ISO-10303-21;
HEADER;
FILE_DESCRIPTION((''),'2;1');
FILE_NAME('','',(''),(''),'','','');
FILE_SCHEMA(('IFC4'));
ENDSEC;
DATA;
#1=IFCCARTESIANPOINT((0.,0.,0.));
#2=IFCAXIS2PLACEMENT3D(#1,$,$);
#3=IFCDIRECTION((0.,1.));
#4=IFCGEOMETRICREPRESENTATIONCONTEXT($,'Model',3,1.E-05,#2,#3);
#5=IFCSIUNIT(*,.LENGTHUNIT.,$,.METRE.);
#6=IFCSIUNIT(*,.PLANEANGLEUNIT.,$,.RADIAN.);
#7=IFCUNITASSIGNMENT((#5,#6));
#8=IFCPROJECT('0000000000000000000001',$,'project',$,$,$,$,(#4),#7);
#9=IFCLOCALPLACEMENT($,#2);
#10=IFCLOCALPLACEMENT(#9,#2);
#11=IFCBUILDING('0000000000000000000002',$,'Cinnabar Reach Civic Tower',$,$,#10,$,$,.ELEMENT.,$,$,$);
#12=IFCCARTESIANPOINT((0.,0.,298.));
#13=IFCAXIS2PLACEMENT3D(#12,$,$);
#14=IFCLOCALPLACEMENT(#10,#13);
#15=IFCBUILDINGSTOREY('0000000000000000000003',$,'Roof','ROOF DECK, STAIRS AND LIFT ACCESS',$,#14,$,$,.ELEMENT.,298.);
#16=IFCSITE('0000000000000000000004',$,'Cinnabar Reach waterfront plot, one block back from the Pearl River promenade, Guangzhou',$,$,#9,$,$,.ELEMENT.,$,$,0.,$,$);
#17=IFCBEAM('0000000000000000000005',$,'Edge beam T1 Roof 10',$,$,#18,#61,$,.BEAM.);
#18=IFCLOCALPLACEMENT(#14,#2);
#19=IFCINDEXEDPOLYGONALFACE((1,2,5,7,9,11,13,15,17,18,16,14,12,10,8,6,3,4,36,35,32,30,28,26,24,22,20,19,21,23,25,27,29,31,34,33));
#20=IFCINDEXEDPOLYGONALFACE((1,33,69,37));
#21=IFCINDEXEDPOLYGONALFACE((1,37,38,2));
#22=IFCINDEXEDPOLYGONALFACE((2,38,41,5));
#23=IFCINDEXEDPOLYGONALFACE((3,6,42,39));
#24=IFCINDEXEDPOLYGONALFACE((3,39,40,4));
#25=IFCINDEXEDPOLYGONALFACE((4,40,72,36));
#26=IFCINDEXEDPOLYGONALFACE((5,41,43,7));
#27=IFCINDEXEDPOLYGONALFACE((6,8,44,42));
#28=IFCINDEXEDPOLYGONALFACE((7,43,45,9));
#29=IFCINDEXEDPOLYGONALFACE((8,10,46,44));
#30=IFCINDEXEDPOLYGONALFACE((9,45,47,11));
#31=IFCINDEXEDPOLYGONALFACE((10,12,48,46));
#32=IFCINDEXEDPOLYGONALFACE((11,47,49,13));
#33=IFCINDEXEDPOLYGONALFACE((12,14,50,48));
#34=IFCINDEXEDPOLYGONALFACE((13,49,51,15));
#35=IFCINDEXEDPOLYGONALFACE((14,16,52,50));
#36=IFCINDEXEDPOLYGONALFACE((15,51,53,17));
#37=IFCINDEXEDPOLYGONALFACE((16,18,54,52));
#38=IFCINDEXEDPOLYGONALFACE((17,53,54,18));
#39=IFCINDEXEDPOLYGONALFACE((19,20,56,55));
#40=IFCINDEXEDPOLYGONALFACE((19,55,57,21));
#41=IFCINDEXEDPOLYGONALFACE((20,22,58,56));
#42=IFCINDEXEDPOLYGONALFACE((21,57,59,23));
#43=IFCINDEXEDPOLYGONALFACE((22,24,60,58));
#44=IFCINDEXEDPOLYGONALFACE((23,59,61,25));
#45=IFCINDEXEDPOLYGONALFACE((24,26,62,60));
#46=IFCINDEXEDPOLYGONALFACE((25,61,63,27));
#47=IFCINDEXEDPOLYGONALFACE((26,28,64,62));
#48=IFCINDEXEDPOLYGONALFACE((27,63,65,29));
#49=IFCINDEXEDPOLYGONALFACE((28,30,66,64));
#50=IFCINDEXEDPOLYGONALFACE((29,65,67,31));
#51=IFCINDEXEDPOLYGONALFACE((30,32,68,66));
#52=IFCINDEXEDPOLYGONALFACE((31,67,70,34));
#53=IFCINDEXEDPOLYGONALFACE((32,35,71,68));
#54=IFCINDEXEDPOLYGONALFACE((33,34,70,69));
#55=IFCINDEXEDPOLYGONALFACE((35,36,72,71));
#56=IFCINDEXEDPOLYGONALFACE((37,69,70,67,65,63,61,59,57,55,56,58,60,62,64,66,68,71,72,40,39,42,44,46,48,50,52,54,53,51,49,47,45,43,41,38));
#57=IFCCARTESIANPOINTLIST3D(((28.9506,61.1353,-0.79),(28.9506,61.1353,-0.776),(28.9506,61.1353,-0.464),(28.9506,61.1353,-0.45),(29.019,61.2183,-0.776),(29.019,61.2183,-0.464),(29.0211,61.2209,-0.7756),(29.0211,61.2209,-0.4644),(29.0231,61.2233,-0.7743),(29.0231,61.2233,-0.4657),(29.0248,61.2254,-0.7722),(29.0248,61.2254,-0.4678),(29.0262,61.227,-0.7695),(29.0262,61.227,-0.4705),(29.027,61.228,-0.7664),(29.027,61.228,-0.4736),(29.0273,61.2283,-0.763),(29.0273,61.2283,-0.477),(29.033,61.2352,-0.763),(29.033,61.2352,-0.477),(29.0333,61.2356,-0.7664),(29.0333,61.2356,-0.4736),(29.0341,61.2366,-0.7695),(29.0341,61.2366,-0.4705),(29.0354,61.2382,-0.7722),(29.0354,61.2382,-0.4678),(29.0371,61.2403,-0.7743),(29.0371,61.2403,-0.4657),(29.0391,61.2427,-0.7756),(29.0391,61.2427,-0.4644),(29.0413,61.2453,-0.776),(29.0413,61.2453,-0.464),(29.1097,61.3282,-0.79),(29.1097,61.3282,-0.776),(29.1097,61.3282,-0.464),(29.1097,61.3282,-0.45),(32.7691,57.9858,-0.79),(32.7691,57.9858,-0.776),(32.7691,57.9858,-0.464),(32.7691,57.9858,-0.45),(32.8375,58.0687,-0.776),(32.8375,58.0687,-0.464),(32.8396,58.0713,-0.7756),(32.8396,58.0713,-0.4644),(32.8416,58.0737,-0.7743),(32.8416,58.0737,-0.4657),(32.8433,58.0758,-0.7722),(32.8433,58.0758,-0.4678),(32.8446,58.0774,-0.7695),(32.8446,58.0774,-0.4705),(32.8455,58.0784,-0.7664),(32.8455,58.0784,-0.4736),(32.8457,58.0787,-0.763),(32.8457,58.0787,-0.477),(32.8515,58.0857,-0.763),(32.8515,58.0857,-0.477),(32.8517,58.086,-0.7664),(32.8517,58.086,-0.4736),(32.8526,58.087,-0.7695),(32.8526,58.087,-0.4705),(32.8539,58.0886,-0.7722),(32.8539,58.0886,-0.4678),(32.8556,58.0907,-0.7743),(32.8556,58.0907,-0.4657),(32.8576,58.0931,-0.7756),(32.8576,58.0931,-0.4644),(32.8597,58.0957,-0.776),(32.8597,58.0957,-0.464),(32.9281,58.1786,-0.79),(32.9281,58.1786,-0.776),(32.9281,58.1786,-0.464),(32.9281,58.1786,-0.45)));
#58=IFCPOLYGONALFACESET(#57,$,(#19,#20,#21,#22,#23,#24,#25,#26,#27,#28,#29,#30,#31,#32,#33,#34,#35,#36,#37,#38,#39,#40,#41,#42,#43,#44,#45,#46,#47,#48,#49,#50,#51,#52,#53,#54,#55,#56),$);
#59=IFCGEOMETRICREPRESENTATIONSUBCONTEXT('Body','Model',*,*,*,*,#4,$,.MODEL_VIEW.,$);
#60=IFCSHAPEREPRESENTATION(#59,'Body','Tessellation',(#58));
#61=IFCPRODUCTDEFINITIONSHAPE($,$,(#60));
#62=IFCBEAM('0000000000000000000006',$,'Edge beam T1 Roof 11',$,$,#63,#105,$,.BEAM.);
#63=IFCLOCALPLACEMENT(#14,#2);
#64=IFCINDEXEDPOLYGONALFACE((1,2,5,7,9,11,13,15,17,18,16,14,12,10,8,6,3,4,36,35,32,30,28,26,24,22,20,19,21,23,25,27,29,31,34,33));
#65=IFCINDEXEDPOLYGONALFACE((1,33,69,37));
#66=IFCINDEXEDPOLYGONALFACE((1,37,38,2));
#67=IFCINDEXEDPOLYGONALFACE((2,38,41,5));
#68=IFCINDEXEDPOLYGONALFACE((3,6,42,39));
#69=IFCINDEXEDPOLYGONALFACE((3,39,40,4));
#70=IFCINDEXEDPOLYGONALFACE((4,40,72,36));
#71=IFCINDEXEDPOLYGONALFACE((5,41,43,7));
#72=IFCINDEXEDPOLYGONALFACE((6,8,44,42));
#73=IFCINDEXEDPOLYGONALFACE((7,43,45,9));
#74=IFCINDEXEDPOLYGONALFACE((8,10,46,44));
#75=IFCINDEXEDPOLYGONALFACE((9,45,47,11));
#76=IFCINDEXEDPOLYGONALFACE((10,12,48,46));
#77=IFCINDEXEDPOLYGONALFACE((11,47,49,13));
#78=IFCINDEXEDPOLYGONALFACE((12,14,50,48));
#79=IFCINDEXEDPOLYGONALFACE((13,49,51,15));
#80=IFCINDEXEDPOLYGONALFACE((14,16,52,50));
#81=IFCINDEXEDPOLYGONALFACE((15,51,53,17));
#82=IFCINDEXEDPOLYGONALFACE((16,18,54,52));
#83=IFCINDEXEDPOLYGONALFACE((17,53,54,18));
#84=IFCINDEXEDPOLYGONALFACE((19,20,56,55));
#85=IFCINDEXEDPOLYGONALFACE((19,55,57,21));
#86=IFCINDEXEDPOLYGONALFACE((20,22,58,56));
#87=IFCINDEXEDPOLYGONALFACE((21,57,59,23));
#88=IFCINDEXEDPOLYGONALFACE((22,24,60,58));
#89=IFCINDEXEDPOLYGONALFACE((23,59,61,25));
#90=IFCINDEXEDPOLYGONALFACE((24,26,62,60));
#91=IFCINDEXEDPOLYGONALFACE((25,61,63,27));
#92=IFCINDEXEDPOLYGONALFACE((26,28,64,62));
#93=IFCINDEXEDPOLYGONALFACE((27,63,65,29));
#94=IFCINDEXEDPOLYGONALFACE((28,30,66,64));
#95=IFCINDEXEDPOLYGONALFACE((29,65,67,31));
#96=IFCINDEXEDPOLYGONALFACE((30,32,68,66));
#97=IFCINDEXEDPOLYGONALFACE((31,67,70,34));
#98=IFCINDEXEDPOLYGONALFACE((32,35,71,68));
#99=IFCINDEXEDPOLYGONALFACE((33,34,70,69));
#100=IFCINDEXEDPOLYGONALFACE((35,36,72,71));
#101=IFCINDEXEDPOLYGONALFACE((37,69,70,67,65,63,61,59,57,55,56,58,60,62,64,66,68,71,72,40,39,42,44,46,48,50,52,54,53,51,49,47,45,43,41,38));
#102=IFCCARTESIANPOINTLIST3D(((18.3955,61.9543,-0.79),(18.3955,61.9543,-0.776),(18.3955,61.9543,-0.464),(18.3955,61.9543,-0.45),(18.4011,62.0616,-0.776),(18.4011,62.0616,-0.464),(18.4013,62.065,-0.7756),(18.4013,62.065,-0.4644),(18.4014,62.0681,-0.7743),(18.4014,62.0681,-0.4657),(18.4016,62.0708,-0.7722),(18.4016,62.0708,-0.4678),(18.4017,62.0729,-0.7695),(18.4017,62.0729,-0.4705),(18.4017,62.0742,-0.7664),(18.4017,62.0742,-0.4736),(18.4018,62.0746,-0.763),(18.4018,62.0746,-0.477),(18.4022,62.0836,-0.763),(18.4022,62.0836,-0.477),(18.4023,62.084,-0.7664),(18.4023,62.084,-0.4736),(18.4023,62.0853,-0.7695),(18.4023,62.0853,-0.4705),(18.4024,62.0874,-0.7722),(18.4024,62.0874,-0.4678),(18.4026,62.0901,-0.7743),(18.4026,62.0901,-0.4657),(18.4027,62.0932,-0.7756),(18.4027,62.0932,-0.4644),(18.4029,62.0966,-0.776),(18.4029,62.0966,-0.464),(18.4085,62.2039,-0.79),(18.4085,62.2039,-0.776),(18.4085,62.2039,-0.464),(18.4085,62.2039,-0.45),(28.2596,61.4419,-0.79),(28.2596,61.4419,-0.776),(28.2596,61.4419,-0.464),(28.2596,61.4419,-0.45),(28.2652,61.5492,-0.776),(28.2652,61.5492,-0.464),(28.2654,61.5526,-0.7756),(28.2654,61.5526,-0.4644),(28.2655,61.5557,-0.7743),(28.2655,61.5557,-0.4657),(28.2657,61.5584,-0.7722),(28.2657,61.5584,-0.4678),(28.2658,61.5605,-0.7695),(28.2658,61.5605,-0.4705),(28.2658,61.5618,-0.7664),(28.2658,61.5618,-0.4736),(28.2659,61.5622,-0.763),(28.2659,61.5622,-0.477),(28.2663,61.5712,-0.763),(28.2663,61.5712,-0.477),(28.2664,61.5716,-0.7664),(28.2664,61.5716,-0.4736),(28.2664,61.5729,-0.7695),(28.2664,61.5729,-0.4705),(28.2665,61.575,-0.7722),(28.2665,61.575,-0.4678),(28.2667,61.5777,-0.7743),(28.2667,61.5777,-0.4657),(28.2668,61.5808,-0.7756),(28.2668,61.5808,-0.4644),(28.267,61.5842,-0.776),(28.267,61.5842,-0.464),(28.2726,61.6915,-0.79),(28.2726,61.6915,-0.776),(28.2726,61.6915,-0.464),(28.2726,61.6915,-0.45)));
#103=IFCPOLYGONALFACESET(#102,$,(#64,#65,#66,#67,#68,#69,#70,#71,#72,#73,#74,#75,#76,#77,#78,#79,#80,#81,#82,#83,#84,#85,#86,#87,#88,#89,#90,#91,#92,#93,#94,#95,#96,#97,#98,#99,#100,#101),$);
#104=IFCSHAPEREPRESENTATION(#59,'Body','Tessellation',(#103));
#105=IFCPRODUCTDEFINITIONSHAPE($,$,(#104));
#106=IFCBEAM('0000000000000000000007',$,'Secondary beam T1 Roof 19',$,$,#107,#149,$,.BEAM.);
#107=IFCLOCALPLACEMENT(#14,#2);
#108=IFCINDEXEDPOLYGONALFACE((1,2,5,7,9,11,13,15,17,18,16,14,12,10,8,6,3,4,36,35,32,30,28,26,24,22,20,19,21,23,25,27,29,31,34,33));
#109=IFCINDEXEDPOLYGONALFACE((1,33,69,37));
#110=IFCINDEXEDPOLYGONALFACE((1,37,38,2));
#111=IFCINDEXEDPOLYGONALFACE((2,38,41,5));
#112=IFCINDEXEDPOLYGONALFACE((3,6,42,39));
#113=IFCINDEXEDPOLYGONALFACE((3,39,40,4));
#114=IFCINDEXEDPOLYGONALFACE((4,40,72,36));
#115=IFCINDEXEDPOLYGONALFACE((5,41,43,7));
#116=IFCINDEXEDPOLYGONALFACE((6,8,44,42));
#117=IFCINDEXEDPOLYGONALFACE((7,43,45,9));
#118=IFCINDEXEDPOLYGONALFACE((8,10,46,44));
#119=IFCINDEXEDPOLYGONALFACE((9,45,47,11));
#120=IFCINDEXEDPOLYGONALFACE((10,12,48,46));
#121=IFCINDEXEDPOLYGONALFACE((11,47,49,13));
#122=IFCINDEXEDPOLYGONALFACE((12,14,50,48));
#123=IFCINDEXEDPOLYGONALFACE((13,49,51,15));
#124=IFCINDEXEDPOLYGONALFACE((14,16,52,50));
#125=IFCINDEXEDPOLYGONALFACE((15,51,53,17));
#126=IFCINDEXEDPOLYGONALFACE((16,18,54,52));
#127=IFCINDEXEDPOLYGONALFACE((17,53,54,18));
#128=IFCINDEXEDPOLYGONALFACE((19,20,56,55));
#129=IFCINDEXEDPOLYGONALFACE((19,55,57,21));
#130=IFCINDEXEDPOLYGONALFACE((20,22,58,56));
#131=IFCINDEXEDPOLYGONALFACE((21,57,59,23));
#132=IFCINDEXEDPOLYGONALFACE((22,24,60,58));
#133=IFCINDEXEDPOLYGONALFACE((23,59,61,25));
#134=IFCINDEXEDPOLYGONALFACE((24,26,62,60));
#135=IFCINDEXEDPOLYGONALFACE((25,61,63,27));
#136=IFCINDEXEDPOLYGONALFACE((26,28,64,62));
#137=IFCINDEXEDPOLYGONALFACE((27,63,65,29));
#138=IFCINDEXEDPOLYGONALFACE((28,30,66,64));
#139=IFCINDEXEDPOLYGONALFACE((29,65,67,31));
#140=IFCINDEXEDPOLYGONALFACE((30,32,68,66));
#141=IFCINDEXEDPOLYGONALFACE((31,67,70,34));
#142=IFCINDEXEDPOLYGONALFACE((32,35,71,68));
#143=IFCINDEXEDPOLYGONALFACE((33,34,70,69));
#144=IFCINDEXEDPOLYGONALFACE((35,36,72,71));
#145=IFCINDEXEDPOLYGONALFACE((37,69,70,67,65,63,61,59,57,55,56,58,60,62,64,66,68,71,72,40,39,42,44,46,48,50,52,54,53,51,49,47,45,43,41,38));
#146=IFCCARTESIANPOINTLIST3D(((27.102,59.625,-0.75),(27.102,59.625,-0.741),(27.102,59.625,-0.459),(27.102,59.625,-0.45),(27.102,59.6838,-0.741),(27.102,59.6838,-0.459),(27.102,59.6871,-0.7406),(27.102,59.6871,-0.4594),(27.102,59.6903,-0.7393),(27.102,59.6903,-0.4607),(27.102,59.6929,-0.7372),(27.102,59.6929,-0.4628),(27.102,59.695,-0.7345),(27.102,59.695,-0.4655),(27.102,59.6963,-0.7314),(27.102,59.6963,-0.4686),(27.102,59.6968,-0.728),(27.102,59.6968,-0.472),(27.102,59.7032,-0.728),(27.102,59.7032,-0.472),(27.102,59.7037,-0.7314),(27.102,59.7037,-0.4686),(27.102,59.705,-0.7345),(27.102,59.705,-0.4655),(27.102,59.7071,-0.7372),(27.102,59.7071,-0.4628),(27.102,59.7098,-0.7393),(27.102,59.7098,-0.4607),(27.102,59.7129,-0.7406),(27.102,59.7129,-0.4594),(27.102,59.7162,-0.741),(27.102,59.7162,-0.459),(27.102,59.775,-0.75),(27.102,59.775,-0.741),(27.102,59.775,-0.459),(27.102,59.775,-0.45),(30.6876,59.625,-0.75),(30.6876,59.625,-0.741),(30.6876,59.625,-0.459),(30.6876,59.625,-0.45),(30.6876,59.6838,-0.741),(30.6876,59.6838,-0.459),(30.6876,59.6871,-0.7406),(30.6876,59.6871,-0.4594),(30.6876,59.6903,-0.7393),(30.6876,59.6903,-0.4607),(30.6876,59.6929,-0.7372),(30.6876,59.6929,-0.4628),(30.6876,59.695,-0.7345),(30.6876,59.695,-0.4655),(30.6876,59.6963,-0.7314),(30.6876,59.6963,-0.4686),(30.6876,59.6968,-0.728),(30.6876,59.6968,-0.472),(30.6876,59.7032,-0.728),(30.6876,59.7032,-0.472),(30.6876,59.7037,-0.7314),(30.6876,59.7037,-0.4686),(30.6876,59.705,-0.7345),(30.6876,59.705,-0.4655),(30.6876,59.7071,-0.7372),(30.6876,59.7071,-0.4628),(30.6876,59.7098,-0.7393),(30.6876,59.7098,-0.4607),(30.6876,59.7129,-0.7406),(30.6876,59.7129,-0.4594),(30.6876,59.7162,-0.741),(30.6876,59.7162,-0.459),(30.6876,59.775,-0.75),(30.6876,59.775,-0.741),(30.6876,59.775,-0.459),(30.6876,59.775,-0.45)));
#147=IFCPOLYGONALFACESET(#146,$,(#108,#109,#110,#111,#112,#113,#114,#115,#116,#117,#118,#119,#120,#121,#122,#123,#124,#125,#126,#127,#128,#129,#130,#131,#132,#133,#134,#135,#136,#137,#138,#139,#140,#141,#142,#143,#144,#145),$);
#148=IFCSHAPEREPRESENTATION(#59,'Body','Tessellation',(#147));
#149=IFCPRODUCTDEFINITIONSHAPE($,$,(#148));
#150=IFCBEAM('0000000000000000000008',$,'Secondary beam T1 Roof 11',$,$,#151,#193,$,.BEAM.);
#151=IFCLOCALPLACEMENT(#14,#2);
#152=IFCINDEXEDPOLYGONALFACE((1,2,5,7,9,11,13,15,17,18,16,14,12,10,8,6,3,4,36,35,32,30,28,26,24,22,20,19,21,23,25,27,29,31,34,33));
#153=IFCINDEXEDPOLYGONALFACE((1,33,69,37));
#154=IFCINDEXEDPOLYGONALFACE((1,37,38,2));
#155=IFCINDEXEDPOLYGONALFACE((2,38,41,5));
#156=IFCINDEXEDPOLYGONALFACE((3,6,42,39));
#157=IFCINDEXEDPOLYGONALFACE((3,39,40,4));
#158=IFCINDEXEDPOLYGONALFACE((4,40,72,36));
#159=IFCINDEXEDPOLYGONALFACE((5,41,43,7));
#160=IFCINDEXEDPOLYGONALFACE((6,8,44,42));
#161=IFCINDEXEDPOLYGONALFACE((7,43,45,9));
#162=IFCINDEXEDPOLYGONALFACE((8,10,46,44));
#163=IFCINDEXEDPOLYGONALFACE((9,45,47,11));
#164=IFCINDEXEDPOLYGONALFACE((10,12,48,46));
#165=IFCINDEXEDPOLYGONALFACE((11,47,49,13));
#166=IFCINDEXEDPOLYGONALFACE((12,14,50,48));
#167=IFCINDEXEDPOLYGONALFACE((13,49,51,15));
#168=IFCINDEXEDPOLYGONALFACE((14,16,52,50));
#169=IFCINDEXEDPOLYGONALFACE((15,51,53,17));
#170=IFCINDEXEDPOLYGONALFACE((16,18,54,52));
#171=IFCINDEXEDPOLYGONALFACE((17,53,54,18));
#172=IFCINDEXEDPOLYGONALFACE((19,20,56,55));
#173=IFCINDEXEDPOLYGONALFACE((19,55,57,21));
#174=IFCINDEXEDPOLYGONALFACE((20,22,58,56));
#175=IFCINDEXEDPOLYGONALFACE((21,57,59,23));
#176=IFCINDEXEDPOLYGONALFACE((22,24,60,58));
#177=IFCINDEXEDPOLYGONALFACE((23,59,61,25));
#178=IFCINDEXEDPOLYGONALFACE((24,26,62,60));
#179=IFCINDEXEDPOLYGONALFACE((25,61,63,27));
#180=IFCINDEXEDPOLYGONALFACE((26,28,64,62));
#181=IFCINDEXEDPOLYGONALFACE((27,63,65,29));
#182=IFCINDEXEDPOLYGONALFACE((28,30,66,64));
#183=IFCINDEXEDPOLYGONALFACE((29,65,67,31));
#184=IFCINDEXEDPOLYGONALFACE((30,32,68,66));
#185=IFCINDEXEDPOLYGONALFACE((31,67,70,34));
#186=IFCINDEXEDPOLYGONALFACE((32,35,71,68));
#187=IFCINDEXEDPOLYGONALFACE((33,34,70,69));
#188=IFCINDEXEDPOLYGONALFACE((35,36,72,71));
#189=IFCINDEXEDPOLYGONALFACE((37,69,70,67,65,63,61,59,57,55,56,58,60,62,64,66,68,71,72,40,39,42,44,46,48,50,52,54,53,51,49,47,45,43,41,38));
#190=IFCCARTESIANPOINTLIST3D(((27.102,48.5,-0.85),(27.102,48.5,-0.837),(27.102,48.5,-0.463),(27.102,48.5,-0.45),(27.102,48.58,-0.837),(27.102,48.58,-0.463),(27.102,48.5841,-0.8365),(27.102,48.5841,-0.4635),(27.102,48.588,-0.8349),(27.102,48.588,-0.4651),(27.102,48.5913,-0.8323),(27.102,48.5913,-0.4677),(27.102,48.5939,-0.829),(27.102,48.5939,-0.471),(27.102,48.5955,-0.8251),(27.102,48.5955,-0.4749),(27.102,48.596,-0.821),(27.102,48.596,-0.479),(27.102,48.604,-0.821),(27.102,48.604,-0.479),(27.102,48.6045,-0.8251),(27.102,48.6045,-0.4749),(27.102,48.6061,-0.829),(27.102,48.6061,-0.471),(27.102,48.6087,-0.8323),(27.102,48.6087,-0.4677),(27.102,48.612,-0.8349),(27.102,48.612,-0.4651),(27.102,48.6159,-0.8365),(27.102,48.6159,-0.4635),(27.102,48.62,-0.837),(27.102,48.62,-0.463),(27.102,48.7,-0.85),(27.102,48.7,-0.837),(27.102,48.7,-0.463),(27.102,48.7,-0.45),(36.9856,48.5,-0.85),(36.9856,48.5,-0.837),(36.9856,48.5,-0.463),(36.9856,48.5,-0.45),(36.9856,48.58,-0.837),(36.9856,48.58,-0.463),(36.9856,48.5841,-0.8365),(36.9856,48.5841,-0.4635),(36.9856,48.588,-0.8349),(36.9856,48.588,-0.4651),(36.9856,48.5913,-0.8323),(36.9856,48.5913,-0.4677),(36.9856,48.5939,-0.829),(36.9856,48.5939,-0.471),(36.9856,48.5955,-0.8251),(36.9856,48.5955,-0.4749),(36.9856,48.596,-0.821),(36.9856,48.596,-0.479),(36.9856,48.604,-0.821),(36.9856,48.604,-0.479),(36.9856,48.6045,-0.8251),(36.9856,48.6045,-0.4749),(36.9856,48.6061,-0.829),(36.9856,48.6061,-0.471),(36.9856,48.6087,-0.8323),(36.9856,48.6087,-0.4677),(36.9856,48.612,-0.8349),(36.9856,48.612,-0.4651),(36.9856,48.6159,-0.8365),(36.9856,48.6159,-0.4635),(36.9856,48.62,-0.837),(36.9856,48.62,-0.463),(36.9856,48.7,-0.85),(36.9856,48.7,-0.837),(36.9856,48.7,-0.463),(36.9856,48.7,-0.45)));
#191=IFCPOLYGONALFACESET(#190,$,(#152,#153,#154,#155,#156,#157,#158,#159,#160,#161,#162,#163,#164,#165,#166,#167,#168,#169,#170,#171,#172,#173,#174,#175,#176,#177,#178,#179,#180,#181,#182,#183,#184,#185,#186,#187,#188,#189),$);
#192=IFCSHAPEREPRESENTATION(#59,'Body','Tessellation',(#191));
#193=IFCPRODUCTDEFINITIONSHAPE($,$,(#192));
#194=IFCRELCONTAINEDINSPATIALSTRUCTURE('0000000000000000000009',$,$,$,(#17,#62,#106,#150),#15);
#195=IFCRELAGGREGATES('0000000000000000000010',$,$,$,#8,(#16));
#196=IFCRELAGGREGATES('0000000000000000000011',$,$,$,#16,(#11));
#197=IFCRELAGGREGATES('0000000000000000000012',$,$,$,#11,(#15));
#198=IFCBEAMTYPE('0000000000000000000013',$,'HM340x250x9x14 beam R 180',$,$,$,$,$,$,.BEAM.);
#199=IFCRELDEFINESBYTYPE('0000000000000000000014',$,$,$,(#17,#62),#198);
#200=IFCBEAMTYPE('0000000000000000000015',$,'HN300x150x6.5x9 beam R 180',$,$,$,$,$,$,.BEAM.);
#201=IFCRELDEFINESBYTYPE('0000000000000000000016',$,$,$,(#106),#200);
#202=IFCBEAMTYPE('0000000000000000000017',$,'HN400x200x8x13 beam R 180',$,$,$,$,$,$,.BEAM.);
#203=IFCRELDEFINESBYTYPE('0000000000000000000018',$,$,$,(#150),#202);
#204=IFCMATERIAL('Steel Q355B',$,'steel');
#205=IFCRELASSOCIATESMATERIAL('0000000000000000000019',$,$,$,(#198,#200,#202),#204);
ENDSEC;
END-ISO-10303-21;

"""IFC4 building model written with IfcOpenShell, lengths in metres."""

from ifc_helpers import new_model, si_unit, direction, frame, origin, origin_2d, place, context, subcontext, project, spatial, i_section, extrude, material, material_profile, profile_set, type_object, element, save


model = new_model("IFC4")

# Units and contexts
model_context = context("Model", 3, precision=1e-05, world=origin(), true_north=direction((0.0, 1.0)))
body_context = subcontext(model_context, "Body", "Model", "MODEL_VIEW")
ifc_project = project(units=[si_unit("LENGTHUNIT", "METRE"), si_unit("PLANEANGLEUNIT", "RADIAN")], contexts=[model_context])

# Site, building, storey
site_placement = place(None, origin())
site = spatial("IfcSite", under=ifc_project, at=site_placement, Name="Cinnabar Reach waterfront plot, one block back from the Pearl River promenade, Guangzhou", CompositionType="ELEMENT", RefElevation=0.0)
building_placement = place(site_placement, origin())
building = spatial("IfcBuilding", under=site, at=building_placement, Name="Cinnabar Reach Civic Tower", CompositionType="ELEMENT")
storey_placement = place(building_placement, frame((0.0, 0.0, 298.0)))
storey = spatial("IfcBuildingStorey", under=building, at=storey_placement, Name="Roof", Description="ROOF DECK, STAIRS AND LIFT ACCESS", CompositionType="ELEMENT", Elevation=298.0)

# Shared definitions
ifc_material_1 = material(Name="Steel Q355B", Category="steel")

# Beams
ifc_material_profile_1 = material_profile(ifc_material_1, i_section(OverallWidth=0.25, OverallDepth=0.34, WebThickness=0.009, FlangeThickness=0.014, FilletRadius=0.013, at=origin_2d()), Name="HM340x250x9x14")
ifc_profile_set_1 = profile_set([ifc_material_profile_1], Name="Steel Q355B")
beam_type_1 = type_object("IfcBeamType", Name="HM340x250x9x14 beam R 180", PredefinedType="BEAM", material=ifc_profile_set_1)
for number, where, z_axis, x_axis, name in (
    (1, (32.8486, 58.0822, -0.62), (-0.771439, 0.636303, 0.0), (-0.636303, -0.771439, 0.0), "Edge beam T1 Roof 10"),
):
    element("IfcBeam", number, at=place(storey_placement, frame(where, z_axis=z_axis, x_axis=x_axis)), inside=storey, type_object=beam_type_1, Name=name, PredefinedType="BEAM", context=body_context, shape_type="SweptSolid", body=[
        extrude(i_section(OverallWidth=0.25, OverallDepth=0.34, WebThickness=0.009, FlangeThickness=0.014, FilletRadius=0.013, at=origin_2d()), origin(), (0.0, 0.0, 1.0), 4.9498),
    ])
beam_1_placement = place(storey_placement, frame((28.2661, 61.5667, -0.62), z_axis=(-0.998654, 0.051876, 0.0), x_axis=(-0.051876, -0.998654, 0.0)))
element("IfcBeam", 2, at=beam_1_placement, inside=storey, type_object=beam_type_1, Name="Edge beam T1 Roof 11", PredefinedType="BEAM", context=body_context, shape_type="SweptSolid", body=[
    extrude(i_section(OverallWidth=0.25, OverallDepth=0.34, WebThickness=0.009, FlangeThickness=0.014, FilletRadius=0.013, at=origin_2d()), origin(), (0.0, 0.0, 1.0), 9.8774),
])
ifc_material_profile_2 = material_profile(ifc_material_1, i_section(OverallWidth=0.15, OverallDepth=0.3, WebThickness=0.0065, FlangeThickness=0.009, FilletRadius=0.013, at=origin_2d()), Name="HN300x150x6.5x9")
ifc_profile_set_2 = profile_set([ifc_material_profile_2], Name="Steel Q355B")
beam_type_2 = type_object("IfcBeamType", Name="HN300x150x6.5x9 beam R 180", PredefinedType="BEAM", material=ifc_profile_set_2)
beam_2_placement = place(storey_placement, frame((27.102, 59.7, -0.6), z_axis=(1.0, 0.0, 0.0), x_axis=(0.0, 1.0, 0.0)))
element("IfcBeam", 3, at=beam_2_placement, inside=storey, type_object=beam_type_2, Name="Secondary beam T1 Roof 19", PredefinedType="BEAM", context=body_context, shape_type="SweptSolid", body=[
    extrude(i_section(OverallWidth=0.15, OverallDepth=0.3, WebThickness=0.0065, FlangeThickness=0.009, FilletRadius=0.013, at=origin_2d()), origin(), (0.0, 0.0, 1.0), 3.5856),
])
ifc_material_profile_3 = material_profile(ifc_material_1, i_section(OverallWidth=0.2, OverallDepth=0.4, WebThickness=0.008, FlangeThickness=0.013, FilletRadius=0.016, at=origin_2d()), Name="HN400x200x8x13")
ifc_profile_set_3 = profile_set([ifc_material_profile_3], Name="Steel Q355B")
beam_type_3 = type_object("IfcBeamType", Name="HN400x200x8x13 beam R 180", PredefinedType="BEAM", material=ifc_profile_set_3)
beam_3_placement = place(storey_placement, frame((27.102, 48.6, -0.65), z_axis=(1.0, 0.0, 0.0), x_axis=(0.0, 1.0, 0.0)))
element("IfcBeam", 4, at=beam_3_placement, inside=storey, type_object=beam_type_3, Name="Secondary beam T1 Roof 11", PredefinedType="BEAM", context=body_context, shape_type="SweptSolid", body=[
    extrude(i_section(OverallWidth=0.2, OverallDepth=0.4, WebThickness=0.008, FlangeThickness=0.013, FilletRadius=0.016, at=origin_2d()), origin(), (0.0, 0.0, 1.0), 9.8836),
])

save(model, "model.ifc")
